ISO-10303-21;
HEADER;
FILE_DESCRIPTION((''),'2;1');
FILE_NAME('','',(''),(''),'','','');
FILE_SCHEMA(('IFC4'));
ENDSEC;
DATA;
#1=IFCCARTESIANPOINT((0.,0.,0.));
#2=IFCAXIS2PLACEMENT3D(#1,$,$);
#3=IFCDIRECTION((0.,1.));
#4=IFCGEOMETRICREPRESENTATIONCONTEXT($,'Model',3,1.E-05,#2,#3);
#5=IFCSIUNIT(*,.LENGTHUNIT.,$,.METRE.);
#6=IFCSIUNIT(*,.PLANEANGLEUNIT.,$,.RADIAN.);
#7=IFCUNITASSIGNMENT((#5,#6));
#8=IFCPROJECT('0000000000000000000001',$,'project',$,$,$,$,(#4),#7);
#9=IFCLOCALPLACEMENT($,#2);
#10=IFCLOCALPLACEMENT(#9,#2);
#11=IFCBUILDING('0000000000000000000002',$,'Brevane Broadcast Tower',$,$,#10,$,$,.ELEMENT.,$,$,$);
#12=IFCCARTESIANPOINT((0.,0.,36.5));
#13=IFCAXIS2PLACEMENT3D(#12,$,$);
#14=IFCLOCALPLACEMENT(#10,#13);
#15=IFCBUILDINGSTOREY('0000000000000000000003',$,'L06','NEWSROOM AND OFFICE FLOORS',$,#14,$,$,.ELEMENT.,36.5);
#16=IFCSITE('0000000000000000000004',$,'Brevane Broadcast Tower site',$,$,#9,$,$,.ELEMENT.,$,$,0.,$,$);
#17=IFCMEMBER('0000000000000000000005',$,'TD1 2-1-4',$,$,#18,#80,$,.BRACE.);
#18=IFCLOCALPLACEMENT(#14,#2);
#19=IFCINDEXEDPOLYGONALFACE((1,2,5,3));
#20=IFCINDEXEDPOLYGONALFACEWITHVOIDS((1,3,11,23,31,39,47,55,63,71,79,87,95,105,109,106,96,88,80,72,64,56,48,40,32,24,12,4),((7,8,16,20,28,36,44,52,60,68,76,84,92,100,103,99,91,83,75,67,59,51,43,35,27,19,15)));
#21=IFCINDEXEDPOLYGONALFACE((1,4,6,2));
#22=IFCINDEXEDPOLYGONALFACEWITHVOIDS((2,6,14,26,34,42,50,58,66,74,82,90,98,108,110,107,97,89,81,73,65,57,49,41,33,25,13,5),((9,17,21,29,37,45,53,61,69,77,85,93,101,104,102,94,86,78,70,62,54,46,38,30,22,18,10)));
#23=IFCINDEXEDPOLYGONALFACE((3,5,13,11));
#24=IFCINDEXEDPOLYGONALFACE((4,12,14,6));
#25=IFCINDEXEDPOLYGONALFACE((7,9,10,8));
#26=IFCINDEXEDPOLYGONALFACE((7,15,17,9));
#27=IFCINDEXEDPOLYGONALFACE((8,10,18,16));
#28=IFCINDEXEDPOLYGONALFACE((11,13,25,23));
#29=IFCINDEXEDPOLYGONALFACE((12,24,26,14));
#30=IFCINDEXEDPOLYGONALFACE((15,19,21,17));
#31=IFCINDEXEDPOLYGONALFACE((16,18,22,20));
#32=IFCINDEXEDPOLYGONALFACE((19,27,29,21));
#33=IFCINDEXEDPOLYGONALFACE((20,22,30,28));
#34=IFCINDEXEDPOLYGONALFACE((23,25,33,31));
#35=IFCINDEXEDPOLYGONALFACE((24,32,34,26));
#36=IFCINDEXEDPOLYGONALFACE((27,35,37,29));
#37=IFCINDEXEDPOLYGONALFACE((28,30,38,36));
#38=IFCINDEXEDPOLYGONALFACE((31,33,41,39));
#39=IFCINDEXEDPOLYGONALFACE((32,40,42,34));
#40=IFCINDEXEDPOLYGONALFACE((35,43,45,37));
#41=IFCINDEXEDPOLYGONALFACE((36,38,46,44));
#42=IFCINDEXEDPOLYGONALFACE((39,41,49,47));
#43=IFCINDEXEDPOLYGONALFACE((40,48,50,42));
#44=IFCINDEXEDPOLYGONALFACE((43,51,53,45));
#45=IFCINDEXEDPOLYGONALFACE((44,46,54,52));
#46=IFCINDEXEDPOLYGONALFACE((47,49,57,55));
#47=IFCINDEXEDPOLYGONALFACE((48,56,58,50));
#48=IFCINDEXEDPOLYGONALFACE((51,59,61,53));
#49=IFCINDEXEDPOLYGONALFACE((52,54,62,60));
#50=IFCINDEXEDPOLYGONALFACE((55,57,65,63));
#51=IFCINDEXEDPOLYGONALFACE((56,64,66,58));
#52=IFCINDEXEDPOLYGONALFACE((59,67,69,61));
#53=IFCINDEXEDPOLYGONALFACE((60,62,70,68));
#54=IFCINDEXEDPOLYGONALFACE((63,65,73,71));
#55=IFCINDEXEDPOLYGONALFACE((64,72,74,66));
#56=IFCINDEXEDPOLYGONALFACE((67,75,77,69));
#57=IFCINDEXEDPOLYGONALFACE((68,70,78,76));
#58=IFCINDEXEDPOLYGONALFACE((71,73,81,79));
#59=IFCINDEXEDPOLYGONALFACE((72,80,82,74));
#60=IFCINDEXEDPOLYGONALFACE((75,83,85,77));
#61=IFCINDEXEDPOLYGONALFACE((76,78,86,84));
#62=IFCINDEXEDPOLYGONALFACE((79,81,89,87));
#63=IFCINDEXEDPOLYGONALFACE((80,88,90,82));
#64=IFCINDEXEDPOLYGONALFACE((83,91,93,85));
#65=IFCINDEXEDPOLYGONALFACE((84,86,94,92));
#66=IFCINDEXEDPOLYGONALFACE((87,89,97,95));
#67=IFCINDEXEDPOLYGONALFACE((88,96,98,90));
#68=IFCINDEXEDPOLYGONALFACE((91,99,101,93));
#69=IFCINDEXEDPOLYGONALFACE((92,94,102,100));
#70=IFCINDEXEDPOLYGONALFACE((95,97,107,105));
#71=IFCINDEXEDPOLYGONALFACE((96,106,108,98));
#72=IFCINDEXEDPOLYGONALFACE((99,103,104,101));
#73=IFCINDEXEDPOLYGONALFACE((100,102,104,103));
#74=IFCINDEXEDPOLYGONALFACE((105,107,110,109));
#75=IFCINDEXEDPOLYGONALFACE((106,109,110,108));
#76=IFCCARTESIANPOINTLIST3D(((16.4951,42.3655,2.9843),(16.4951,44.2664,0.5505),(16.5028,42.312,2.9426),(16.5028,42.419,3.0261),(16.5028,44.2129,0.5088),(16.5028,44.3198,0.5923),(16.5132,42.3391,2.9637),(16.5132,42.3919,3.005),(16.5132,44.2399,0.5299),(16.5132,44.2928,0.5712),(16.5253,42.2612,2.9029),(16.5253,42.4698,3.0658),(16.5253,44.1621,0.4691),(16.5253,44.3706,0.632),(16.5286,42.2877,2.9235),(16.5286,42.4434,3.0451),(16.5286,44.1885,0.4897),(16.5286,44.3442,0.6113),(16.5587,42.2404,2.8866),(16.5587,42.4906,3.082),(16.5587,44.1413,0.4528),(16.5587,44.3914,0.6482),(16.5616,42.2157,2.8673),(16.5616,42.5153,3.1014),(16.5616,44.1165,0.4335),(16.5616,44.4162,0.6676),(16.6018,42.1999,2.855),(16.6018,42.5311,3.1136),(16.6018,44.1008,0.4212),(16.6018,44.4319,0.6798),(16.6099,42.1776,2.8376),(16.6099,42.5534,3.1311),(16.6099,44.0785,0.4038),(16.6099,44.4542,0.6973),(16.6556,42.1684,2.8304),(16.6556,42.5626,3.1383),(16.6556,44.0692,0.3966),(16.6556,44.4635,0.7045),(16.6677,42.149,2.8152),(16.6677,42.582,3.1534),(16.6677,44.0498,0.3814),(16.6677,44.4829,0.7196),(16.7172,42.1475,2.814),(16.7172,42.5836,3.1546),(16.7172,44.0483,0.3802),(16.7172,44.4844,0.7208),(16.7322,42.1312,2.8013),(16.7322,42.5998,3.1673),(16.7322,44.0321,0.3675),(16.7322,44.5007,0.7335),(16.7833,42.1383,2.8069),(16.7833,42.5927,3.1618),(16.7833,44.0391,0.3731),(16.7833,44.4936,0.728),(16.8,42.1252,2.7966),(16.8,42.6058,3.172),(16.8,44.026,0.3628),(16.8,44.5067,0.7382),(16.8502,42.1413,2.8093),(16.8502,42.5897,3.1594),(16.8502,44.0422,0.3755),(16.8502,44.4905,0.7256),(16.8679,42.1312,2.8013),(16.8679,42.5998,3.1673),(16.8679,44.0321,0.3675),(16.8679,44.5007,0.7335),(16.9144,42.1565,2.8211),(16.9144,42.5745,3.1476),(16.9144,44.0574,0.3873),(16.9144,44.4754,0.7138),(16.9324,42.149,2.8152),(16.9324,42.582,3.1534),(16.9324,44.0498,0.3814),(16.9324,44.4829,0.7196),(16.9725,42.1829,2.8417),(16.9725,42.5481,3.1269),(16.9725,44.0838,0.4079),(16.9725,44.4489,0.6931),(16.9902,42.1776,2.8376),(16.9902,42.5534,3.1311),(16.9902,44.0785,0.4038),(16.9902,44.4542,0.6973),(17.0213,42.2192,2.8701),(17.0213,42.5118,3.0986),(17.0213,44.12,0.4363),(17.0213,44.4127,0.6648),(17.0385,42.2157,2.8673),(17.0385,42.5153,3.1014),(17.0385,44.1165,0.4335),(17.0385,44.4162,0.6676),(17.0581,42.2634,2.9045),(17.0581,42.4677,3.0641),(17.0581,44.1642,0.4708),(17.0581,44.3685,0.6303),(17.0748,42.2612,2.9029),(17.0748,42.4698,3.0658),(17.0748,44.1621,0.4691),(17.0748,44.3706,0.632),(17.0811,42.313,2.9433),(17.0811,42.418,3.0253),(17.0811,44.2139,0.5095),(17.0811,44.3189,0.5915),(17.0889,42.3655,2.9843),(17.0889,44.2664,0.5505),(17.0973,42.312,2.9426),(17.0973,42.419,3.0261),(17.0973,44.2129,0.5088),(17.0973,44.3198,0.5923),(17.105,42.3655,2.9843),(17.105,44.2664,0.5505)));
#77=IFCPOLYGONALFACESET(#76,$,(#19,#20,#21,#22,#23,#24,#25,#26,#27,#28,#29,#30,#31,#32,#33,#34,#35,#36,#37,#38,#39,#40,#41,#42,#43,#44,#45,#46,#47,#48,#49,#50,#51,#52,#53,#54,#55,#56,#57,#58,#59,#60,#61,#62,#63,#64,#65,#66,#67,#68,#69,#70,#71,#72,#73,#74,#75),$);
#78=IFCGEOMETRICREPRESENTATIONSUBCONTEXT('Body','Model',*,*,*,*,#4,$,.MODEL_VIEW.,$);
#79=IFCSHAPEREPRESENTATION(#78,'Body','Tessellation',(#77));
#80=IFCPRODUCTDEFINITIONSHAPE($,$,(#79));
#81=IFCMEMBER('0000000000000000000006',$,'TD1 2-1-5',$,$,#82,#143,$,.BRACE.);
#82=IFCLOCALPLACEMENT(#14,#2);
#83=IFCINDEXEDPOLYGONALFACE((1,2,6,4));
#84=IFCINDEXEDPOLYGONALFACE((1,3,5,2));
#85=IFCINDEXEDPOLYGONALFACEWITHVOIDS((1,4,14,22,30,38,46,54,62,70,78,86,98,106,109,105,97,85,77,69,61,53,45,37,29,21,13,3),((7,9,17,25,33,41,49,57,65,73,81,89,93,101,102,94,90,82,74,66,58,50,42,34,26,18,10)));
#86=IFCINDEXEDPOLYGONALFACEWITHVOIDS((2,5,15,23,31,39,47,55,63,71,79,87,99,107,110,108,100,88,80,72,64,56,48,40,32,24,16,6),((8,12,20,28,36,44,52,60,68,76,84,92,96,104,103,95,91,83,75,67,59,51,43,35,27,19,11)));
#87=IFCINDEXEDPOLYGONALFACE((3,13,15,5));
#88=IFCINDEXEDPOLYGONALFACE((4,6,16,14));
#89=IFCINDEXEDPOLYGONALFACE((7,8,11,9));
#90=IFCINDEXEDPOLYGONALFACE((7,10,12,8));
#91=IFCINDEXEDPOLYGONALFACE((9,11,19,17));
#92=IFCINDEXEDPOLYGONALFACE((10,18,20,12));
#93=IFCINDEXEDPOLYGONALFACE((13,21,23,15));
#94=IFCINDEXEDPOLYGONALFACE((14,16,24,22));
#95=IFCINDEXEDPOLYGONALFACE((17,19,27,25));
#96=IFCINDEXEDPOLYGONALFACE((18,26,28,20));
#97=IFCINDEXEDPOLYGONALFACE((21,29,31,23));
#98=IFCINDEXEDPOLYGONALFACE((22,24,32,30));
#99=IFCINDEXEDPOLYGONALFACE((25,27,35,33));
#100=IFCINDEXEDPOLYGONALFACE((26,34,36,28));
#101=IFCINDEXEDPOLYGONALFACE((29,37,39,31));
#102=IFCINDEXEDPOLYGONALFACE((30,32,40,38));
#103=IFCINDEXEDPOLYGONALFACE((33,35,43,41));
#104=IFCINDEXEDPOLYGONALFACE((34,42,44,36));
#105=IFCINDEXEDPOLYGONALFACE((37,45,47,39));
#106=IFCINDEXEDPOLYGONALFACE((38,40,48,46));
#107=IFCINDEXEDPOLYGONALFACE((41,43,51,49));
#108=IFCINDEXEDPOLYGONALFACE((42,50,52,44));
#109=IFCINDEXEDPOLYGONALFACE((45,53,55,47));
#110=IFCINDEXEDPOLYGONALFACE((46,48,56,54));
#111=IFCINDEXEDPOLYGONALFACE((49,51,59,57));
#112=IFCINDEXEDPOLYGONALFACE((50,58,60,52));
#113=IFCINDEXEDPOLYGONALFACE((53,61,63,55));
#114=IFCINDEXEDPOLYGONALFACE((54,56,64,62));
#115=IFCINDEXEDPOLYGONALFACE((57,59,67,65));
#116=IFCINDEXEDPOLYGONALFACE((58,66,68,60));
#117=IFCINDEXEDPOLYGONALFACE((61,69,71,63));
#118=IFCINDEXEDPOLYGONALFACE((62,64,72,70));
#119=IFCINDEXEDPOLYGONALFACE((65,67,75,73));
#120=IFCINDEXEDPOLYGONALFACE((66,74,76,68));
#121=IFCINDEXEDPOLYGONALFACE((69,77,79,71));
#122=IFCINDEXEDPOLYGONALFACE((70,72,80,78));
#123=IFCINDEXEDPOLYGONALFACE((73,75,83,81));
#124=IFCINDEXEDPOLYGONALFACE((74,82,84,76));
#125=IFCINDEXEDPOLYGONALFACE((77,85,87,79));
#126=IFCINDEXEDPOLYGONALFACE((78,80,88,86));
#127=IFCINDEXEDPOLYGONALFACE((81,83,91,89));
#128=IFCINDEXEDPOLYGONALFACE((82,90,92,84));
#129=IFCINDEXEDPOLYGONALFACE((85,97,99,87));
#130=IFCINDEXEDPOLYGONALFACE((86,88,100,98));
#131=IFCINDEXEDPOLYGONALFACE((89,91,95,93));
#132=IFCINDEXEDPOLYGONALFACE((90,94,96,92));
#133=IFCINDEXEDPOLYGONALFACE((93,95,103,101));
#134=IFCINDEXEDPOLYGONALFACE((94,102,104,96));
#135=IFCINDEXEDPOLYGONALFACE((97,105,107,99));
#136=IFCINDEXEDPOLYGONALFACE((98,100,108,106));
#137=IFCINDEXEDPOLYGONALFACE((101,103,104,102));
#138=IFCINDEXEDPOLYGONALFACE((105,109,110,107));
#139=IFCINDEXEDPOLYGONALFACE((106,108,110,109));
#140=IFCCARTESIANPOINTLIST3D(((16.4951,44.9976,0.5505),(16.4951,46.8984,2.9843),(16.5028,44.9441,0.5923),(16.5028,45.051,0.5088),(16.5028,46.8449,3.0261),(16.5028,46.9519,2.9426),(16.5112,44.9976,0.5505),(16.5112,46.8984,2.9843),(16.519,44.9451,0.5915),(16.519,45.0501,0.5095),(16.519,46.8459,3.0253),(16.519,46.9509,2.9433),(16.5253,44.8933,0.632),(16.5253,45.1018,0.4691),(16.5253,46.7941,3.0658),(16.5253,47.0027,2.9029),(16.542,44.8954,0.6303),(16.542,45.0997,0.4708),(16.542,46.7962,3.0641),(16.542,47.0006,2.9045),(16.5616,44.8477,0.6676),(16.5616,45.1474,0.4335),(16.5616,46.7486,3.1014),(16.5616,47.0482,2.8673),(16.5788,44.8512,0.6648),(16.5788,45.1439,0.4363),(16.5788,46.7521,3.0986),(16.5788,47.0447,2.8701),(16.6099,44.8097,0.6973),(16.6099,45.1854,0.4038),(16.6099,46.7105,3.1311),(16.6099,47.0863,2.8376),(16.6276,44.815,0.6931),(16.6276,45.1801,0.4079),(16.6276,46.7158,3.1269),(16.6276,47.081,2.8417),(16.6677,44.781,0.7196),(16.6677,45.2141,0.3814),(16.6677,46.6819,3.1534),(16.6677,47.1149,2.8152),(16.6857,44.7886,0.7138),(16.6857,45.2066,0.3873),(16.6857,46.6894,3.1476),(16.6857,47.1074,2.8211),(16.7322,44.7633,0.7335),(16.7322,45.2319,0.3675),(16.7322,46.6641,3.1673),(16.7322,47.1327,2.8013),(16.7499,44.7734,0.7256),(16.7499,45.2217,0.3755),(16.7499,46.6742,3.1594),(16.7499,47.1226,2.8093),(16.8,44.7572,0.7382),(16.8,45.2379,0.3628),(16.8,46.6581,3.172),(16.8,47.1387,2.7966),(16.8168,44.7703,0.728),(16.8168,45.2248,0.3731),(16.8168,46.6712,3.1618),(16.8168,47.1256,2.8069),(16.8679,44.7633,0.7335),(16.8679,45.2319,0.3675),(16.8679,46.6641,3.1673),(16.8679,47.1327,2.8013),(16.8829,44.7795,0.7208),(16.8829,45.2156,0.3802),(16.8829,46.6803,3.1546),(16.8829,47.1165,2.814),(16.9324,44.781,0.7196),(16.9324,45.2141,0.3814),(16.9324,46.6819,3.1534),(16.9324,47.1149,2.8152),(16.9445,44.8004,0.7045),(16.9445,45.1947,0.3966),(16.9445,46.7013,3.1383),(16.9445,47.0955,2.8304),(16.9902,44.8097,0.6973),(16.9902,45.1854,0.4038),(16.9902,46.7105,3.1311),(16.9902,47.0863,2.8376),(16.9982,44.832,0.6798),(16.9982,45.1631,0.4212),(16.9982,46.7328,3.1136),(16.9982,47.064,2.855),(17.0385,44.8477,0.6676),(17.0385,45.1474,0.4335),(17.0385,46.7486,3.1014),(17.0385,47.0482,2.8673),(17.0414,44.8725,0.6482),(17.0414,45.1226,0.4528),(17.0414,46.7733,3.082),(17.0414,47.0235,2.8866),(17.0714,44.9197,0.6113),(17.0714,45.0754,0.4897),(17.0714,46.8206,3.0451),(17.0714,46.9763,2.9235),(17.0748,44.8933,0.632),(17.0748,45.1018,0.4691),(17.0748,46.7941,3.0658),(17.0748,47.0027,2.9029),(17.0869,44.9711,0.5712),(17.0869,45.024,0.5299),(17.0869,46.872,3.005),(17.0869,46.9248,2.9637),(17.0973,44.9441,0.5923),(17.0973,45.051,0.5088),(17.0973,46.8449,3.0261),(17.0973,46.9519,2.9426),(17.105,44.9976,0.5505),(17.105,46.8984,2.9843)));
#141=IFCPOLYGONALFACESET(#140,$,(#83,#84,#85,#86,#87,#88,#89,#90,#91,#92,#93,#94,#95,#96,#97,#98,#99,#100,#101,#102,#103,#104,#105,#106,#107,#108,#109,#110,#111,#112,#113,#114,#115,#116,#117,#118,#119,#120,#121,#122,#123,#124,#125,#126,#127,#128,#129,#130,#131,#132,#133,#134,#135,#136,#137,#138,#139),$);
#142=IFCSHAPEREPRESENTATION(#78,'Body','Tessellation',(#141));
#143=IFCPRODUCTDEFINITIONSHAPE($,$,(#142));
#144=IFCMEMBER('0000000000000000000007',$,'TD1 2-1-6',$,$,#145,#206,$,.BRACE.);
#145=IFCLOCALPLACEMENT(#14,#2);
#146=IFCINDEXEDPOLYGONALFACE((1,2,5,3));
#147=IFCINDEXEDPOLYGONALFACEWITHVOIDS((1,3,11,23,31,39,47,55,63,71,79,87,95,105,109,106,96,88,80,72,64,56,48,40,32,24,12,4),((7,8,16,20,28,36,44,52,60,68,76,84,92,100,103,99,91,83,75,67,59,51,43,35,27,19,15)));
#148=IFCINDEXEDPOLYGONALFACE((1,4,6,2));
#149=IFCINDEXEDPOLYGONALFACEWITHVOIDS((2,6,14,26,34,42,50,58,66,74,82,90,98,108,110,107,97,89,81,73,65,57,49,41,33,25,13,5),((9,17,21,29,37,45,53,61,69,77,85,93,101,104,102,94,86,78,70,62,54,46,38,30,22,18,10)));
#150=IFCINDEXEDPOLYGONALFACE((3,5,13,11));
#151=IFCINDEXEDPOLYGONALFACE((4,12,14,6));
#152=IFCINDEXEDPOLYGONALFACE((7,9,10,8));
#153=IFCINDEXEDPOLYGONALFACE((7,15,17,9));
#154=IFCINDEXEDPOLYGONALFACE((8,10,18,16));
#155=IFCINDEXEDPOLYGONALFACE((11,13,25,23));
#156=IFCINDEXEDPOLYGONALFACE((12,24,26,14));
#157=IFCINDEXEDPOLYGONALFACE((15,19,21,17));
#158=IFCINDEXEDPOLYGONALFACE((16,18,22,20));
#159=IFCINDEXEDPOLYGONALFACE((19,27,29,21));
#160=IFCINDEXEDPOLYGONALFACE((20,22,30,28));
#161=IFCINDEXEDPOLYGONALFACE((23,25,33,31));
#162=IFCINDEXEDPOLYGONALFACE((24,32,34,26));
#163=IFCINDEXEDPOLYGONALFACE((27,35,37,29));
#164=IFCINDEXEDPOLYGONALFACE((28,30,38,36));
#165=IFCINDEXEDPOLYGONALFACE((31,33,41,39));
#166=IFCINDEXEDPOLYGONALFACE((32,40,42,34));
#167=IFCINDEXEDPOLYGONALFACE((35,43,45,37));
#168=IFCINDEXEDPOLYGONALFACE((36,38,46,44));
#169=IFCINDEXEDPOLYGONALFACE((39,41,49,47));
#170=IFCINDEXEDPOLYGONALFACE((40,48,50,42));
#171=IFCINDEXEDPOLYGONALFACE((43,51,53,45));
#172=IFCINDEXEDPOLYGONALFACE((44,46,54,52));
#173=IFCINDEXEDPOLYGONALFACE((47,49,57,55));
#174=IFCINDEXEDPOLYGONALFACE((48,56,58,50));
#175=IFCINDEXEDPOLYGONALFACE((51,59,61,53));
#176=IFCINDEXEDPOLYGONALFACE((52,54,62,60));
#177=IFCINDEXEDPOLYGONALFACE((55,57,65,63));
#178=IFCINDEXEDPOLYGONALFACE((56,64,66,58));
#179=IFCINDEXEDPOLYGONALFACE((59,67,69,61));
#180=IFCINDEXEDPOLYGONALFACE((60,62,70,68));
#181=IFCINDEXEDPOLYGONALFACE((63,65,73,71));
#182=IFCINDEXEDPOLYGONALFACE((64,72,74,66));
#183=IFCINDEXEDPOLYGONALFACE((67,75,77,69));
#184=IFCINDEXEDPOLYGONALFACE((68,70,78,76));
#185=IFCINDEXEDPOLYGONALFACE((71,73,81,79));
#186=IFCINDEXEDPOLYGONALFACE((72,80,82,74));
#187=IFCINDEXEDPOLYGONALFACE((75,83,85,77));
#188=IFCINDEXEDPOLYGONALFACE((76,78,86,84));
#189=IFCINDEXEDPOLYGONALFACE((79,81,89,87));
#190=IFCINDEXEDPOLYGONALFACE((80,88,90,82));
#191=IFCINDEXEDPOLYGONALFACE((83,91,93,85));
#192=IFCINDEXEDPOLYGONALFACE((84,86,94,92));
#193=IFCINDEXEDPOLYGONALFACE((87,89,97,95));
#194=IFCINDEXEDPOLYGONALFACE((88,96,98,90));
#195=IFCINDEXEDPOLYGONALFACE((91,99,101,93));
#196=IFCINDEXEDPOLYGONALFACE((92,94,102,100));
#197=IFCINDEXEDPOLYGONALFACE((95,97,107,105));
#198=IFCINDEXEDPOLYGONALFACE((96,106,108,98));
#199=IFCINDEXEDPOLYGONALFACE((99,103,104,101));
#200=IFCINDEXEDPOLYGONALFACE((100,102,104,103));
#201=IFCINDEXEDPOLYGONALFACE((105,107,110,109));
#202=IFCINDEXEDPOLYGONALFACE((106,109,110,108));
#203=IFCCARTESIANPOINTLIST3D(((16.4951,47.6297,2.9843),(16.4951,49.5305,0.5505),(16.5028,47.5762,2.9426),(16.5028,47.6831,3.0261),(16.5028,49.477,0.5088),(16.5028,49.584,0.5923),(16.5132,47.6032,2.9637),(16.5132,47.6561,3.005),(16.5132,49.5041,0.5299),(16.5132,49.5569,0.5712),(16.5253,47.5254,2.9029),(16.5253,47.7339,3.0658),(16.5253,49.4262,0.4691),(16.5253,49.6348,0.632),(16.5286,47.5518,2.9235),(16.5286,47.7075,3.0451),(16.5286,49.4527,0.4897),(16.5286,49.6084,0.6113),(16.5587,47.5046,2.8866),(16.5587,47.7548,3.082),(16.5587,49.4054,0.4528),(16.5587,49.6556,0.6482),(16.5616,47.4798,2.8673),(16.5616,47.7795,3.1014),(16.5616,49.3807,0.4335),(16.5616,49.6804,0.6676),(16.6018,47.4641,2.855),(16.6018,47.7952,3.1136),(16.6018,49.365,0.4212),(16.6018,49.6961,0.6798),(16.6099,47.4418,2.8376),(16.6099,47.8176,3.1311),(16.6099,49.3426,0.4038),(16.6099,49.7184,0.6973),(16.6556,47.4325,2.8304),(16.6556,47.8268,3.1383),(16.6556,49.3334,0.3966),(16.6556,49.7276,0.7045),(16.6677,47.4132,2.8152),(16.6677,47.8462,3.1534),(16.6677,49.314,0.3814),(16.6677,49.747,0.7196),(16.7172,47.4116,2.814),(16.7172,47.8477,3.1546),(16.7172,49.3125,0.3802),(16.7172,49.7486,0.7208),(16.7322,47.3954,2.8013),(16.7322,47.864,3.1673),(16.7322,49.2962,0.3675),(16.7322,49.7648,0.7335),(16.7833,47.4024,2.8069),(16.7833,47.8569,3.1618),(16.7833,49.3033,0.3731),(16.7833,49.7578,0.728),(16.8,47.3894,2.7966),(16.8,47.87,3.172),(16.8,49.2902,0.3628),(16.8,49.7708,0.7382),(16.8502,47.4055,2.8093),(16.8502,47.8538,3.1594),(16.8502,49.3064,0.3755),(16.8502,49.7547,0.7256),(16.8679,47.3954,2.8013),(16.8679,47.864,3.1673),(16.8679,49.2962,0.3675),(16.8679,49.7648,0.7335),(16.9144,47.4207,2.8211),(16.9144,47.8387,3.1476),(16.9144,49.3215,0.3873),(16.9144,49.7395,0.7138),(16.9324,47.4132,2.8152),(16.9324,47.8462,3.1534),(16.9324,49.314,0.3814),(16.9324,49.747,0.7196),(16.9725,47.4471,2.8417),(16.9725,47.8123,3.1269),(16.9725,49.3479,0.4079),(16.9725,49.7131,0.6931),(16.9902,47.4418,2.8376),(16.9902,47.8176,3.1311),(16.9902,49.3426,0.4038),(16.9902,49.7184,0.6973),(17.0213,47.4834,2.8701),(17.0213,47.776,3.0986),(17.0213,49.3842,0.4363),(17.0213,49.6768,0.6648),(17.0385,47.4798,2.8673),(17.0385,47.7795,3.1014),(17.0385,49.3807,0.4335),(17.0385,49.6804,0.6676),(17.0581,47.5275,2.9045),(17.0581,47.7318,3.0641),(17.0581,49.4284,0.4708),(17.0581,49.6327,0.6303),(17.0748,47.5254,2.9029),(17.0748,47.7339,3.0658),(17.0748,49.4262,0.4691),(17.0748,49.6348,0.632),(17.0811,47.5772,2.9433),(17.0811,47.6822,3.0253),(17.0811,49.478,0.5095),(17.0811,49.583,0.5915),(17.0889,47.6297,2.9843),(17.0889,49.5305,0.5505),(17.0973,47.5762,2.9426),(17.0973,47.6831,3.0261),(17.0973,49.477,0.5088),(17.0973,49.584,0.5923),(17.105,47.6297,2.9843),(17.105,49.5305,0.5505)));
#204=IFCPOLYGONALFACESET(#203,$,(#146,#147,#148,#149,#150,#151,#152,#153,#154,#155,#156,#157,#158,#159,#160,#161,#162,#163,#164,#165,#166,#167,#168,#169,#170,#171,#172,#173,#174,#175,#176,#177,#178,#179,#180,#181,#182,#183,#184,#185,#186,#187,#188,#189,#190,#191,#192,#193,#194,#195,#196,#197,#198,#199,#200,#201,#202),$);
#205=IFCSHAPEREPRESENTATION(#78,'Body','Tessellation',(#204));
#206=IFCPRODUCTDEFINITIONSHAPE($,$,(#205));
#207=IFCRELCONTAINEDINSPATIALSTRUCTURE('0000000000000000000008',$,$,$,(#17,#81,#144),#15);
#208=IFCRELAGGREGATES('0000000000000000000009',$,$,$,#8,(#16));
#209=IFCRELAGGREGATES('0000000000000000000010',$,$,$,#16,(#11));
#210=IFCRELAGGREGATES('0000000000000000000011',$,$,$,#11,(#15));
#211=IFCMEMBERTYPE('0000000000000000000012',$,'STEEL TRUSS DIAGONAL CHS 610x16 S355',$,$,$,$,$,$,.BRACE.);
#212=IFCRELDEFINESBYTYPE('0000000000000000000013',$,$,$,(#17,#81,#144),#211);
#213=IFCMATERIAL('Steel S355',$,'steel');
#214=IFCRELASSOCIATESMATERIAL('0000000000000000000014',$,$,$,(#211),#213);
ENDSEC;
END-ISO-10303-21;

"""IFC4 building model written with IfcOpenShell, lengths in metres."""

from ifc_helpers import new_model, si_unit, direction, frame, origin, origin_2d, place, context, subcontext, project, spatial, hollow_circle, extrude, material, material_profile, profile_set, type_object, element, save


model = new_model("IFC4")

# Units and contexts
model_context = context("Model", 3, precision=1e-05, world=origin(), true_north=direction((0.0, 1.0)))
body_context = subcontext(model_context, "Body", "Model", "MODEL_VIEW")
ifc_project = project(units=[si_unit("LENGTHUNIT", "METRE"), si_unit("PLANEANGLEUNIT", "RADIAN")], contexts=[model_context])

# Site, building, storey
site_placement = place(None, origin())
site = spatial("IfcSite", under=ifc_project, at=site_placement, Name="Brevane Broadcast Tower site", CompositionType="ELEMENT", RefElevation=0.0)
building_placement = place(site_placement, origin())
building = spatial("IfcBuilding", under=site, at=building_placement, Name="Brevane Broadcast Tower", CompositionType="ELEMENT")
storey_placement = place(building_placement, frame((0.0, 0.0, 36.5)))
storey = spatial("IfcBuildingStorey", under=building, at=storey_placement, Name="L06", Description="NEWSROOM AND OFFICE FLOORS", CompositionType="ELEMENT", Elevation=36.5)

# Members
ifc_material_1 = material(Name="Steel S355", Category="steel")
ifc_material_profile_1 = material_profile(ifc_material_1, hollow_circle(Radius=0.3049, WallThickness=0.0161, at=origin_2d()), Name="CHS 610x16")
ifc_profile_set_1 = profile_set([ifc_material_profile_1], Name="Steel S355")
member_type_1 = type_object("IfcMemberType", Name="STEEL TRUSS DIAGONAL CHS 610x16 S355", PredefinedType="BRACE", material=ifc_profile_set_1)
for number, where, z_axis, x_axis, name in (
    (1, (16.8, 44.2664, 0.5505), (0.0, -0.615532, 0.788112), (1.0, 0.0, 0.0), "TD1 2-1-4"),
    (2, (16.8, 44.9976, 0.5505), (0.0, 0.615532, 0.788112), (-1.0, 0.0, 0.0), "TD1 2-1-5"),
    (3, (16.8, 49.5305, 0.5505), (0.0, -0.615532, 0.788112), (1.0, 0.0, 0.0), "TD1 2-1-6"),
):
    element("IfcMember", number, at=place(storey_placement, frame(where, z_axis=z_axis, x_axis=x_axis)), inside=storey, type_object=member_type_1, Name=name, PredefinedType="BRACE", context=body_context, shape_type="SweptSolid", body=[
        extrude(hollow_circle(Radius=0.3049, WallThickness=0.0161, at=origin_2d()), origin(), (0.0, 0.0, 1.0), 3.0881),
    ])

save(model, "model.ifc")
